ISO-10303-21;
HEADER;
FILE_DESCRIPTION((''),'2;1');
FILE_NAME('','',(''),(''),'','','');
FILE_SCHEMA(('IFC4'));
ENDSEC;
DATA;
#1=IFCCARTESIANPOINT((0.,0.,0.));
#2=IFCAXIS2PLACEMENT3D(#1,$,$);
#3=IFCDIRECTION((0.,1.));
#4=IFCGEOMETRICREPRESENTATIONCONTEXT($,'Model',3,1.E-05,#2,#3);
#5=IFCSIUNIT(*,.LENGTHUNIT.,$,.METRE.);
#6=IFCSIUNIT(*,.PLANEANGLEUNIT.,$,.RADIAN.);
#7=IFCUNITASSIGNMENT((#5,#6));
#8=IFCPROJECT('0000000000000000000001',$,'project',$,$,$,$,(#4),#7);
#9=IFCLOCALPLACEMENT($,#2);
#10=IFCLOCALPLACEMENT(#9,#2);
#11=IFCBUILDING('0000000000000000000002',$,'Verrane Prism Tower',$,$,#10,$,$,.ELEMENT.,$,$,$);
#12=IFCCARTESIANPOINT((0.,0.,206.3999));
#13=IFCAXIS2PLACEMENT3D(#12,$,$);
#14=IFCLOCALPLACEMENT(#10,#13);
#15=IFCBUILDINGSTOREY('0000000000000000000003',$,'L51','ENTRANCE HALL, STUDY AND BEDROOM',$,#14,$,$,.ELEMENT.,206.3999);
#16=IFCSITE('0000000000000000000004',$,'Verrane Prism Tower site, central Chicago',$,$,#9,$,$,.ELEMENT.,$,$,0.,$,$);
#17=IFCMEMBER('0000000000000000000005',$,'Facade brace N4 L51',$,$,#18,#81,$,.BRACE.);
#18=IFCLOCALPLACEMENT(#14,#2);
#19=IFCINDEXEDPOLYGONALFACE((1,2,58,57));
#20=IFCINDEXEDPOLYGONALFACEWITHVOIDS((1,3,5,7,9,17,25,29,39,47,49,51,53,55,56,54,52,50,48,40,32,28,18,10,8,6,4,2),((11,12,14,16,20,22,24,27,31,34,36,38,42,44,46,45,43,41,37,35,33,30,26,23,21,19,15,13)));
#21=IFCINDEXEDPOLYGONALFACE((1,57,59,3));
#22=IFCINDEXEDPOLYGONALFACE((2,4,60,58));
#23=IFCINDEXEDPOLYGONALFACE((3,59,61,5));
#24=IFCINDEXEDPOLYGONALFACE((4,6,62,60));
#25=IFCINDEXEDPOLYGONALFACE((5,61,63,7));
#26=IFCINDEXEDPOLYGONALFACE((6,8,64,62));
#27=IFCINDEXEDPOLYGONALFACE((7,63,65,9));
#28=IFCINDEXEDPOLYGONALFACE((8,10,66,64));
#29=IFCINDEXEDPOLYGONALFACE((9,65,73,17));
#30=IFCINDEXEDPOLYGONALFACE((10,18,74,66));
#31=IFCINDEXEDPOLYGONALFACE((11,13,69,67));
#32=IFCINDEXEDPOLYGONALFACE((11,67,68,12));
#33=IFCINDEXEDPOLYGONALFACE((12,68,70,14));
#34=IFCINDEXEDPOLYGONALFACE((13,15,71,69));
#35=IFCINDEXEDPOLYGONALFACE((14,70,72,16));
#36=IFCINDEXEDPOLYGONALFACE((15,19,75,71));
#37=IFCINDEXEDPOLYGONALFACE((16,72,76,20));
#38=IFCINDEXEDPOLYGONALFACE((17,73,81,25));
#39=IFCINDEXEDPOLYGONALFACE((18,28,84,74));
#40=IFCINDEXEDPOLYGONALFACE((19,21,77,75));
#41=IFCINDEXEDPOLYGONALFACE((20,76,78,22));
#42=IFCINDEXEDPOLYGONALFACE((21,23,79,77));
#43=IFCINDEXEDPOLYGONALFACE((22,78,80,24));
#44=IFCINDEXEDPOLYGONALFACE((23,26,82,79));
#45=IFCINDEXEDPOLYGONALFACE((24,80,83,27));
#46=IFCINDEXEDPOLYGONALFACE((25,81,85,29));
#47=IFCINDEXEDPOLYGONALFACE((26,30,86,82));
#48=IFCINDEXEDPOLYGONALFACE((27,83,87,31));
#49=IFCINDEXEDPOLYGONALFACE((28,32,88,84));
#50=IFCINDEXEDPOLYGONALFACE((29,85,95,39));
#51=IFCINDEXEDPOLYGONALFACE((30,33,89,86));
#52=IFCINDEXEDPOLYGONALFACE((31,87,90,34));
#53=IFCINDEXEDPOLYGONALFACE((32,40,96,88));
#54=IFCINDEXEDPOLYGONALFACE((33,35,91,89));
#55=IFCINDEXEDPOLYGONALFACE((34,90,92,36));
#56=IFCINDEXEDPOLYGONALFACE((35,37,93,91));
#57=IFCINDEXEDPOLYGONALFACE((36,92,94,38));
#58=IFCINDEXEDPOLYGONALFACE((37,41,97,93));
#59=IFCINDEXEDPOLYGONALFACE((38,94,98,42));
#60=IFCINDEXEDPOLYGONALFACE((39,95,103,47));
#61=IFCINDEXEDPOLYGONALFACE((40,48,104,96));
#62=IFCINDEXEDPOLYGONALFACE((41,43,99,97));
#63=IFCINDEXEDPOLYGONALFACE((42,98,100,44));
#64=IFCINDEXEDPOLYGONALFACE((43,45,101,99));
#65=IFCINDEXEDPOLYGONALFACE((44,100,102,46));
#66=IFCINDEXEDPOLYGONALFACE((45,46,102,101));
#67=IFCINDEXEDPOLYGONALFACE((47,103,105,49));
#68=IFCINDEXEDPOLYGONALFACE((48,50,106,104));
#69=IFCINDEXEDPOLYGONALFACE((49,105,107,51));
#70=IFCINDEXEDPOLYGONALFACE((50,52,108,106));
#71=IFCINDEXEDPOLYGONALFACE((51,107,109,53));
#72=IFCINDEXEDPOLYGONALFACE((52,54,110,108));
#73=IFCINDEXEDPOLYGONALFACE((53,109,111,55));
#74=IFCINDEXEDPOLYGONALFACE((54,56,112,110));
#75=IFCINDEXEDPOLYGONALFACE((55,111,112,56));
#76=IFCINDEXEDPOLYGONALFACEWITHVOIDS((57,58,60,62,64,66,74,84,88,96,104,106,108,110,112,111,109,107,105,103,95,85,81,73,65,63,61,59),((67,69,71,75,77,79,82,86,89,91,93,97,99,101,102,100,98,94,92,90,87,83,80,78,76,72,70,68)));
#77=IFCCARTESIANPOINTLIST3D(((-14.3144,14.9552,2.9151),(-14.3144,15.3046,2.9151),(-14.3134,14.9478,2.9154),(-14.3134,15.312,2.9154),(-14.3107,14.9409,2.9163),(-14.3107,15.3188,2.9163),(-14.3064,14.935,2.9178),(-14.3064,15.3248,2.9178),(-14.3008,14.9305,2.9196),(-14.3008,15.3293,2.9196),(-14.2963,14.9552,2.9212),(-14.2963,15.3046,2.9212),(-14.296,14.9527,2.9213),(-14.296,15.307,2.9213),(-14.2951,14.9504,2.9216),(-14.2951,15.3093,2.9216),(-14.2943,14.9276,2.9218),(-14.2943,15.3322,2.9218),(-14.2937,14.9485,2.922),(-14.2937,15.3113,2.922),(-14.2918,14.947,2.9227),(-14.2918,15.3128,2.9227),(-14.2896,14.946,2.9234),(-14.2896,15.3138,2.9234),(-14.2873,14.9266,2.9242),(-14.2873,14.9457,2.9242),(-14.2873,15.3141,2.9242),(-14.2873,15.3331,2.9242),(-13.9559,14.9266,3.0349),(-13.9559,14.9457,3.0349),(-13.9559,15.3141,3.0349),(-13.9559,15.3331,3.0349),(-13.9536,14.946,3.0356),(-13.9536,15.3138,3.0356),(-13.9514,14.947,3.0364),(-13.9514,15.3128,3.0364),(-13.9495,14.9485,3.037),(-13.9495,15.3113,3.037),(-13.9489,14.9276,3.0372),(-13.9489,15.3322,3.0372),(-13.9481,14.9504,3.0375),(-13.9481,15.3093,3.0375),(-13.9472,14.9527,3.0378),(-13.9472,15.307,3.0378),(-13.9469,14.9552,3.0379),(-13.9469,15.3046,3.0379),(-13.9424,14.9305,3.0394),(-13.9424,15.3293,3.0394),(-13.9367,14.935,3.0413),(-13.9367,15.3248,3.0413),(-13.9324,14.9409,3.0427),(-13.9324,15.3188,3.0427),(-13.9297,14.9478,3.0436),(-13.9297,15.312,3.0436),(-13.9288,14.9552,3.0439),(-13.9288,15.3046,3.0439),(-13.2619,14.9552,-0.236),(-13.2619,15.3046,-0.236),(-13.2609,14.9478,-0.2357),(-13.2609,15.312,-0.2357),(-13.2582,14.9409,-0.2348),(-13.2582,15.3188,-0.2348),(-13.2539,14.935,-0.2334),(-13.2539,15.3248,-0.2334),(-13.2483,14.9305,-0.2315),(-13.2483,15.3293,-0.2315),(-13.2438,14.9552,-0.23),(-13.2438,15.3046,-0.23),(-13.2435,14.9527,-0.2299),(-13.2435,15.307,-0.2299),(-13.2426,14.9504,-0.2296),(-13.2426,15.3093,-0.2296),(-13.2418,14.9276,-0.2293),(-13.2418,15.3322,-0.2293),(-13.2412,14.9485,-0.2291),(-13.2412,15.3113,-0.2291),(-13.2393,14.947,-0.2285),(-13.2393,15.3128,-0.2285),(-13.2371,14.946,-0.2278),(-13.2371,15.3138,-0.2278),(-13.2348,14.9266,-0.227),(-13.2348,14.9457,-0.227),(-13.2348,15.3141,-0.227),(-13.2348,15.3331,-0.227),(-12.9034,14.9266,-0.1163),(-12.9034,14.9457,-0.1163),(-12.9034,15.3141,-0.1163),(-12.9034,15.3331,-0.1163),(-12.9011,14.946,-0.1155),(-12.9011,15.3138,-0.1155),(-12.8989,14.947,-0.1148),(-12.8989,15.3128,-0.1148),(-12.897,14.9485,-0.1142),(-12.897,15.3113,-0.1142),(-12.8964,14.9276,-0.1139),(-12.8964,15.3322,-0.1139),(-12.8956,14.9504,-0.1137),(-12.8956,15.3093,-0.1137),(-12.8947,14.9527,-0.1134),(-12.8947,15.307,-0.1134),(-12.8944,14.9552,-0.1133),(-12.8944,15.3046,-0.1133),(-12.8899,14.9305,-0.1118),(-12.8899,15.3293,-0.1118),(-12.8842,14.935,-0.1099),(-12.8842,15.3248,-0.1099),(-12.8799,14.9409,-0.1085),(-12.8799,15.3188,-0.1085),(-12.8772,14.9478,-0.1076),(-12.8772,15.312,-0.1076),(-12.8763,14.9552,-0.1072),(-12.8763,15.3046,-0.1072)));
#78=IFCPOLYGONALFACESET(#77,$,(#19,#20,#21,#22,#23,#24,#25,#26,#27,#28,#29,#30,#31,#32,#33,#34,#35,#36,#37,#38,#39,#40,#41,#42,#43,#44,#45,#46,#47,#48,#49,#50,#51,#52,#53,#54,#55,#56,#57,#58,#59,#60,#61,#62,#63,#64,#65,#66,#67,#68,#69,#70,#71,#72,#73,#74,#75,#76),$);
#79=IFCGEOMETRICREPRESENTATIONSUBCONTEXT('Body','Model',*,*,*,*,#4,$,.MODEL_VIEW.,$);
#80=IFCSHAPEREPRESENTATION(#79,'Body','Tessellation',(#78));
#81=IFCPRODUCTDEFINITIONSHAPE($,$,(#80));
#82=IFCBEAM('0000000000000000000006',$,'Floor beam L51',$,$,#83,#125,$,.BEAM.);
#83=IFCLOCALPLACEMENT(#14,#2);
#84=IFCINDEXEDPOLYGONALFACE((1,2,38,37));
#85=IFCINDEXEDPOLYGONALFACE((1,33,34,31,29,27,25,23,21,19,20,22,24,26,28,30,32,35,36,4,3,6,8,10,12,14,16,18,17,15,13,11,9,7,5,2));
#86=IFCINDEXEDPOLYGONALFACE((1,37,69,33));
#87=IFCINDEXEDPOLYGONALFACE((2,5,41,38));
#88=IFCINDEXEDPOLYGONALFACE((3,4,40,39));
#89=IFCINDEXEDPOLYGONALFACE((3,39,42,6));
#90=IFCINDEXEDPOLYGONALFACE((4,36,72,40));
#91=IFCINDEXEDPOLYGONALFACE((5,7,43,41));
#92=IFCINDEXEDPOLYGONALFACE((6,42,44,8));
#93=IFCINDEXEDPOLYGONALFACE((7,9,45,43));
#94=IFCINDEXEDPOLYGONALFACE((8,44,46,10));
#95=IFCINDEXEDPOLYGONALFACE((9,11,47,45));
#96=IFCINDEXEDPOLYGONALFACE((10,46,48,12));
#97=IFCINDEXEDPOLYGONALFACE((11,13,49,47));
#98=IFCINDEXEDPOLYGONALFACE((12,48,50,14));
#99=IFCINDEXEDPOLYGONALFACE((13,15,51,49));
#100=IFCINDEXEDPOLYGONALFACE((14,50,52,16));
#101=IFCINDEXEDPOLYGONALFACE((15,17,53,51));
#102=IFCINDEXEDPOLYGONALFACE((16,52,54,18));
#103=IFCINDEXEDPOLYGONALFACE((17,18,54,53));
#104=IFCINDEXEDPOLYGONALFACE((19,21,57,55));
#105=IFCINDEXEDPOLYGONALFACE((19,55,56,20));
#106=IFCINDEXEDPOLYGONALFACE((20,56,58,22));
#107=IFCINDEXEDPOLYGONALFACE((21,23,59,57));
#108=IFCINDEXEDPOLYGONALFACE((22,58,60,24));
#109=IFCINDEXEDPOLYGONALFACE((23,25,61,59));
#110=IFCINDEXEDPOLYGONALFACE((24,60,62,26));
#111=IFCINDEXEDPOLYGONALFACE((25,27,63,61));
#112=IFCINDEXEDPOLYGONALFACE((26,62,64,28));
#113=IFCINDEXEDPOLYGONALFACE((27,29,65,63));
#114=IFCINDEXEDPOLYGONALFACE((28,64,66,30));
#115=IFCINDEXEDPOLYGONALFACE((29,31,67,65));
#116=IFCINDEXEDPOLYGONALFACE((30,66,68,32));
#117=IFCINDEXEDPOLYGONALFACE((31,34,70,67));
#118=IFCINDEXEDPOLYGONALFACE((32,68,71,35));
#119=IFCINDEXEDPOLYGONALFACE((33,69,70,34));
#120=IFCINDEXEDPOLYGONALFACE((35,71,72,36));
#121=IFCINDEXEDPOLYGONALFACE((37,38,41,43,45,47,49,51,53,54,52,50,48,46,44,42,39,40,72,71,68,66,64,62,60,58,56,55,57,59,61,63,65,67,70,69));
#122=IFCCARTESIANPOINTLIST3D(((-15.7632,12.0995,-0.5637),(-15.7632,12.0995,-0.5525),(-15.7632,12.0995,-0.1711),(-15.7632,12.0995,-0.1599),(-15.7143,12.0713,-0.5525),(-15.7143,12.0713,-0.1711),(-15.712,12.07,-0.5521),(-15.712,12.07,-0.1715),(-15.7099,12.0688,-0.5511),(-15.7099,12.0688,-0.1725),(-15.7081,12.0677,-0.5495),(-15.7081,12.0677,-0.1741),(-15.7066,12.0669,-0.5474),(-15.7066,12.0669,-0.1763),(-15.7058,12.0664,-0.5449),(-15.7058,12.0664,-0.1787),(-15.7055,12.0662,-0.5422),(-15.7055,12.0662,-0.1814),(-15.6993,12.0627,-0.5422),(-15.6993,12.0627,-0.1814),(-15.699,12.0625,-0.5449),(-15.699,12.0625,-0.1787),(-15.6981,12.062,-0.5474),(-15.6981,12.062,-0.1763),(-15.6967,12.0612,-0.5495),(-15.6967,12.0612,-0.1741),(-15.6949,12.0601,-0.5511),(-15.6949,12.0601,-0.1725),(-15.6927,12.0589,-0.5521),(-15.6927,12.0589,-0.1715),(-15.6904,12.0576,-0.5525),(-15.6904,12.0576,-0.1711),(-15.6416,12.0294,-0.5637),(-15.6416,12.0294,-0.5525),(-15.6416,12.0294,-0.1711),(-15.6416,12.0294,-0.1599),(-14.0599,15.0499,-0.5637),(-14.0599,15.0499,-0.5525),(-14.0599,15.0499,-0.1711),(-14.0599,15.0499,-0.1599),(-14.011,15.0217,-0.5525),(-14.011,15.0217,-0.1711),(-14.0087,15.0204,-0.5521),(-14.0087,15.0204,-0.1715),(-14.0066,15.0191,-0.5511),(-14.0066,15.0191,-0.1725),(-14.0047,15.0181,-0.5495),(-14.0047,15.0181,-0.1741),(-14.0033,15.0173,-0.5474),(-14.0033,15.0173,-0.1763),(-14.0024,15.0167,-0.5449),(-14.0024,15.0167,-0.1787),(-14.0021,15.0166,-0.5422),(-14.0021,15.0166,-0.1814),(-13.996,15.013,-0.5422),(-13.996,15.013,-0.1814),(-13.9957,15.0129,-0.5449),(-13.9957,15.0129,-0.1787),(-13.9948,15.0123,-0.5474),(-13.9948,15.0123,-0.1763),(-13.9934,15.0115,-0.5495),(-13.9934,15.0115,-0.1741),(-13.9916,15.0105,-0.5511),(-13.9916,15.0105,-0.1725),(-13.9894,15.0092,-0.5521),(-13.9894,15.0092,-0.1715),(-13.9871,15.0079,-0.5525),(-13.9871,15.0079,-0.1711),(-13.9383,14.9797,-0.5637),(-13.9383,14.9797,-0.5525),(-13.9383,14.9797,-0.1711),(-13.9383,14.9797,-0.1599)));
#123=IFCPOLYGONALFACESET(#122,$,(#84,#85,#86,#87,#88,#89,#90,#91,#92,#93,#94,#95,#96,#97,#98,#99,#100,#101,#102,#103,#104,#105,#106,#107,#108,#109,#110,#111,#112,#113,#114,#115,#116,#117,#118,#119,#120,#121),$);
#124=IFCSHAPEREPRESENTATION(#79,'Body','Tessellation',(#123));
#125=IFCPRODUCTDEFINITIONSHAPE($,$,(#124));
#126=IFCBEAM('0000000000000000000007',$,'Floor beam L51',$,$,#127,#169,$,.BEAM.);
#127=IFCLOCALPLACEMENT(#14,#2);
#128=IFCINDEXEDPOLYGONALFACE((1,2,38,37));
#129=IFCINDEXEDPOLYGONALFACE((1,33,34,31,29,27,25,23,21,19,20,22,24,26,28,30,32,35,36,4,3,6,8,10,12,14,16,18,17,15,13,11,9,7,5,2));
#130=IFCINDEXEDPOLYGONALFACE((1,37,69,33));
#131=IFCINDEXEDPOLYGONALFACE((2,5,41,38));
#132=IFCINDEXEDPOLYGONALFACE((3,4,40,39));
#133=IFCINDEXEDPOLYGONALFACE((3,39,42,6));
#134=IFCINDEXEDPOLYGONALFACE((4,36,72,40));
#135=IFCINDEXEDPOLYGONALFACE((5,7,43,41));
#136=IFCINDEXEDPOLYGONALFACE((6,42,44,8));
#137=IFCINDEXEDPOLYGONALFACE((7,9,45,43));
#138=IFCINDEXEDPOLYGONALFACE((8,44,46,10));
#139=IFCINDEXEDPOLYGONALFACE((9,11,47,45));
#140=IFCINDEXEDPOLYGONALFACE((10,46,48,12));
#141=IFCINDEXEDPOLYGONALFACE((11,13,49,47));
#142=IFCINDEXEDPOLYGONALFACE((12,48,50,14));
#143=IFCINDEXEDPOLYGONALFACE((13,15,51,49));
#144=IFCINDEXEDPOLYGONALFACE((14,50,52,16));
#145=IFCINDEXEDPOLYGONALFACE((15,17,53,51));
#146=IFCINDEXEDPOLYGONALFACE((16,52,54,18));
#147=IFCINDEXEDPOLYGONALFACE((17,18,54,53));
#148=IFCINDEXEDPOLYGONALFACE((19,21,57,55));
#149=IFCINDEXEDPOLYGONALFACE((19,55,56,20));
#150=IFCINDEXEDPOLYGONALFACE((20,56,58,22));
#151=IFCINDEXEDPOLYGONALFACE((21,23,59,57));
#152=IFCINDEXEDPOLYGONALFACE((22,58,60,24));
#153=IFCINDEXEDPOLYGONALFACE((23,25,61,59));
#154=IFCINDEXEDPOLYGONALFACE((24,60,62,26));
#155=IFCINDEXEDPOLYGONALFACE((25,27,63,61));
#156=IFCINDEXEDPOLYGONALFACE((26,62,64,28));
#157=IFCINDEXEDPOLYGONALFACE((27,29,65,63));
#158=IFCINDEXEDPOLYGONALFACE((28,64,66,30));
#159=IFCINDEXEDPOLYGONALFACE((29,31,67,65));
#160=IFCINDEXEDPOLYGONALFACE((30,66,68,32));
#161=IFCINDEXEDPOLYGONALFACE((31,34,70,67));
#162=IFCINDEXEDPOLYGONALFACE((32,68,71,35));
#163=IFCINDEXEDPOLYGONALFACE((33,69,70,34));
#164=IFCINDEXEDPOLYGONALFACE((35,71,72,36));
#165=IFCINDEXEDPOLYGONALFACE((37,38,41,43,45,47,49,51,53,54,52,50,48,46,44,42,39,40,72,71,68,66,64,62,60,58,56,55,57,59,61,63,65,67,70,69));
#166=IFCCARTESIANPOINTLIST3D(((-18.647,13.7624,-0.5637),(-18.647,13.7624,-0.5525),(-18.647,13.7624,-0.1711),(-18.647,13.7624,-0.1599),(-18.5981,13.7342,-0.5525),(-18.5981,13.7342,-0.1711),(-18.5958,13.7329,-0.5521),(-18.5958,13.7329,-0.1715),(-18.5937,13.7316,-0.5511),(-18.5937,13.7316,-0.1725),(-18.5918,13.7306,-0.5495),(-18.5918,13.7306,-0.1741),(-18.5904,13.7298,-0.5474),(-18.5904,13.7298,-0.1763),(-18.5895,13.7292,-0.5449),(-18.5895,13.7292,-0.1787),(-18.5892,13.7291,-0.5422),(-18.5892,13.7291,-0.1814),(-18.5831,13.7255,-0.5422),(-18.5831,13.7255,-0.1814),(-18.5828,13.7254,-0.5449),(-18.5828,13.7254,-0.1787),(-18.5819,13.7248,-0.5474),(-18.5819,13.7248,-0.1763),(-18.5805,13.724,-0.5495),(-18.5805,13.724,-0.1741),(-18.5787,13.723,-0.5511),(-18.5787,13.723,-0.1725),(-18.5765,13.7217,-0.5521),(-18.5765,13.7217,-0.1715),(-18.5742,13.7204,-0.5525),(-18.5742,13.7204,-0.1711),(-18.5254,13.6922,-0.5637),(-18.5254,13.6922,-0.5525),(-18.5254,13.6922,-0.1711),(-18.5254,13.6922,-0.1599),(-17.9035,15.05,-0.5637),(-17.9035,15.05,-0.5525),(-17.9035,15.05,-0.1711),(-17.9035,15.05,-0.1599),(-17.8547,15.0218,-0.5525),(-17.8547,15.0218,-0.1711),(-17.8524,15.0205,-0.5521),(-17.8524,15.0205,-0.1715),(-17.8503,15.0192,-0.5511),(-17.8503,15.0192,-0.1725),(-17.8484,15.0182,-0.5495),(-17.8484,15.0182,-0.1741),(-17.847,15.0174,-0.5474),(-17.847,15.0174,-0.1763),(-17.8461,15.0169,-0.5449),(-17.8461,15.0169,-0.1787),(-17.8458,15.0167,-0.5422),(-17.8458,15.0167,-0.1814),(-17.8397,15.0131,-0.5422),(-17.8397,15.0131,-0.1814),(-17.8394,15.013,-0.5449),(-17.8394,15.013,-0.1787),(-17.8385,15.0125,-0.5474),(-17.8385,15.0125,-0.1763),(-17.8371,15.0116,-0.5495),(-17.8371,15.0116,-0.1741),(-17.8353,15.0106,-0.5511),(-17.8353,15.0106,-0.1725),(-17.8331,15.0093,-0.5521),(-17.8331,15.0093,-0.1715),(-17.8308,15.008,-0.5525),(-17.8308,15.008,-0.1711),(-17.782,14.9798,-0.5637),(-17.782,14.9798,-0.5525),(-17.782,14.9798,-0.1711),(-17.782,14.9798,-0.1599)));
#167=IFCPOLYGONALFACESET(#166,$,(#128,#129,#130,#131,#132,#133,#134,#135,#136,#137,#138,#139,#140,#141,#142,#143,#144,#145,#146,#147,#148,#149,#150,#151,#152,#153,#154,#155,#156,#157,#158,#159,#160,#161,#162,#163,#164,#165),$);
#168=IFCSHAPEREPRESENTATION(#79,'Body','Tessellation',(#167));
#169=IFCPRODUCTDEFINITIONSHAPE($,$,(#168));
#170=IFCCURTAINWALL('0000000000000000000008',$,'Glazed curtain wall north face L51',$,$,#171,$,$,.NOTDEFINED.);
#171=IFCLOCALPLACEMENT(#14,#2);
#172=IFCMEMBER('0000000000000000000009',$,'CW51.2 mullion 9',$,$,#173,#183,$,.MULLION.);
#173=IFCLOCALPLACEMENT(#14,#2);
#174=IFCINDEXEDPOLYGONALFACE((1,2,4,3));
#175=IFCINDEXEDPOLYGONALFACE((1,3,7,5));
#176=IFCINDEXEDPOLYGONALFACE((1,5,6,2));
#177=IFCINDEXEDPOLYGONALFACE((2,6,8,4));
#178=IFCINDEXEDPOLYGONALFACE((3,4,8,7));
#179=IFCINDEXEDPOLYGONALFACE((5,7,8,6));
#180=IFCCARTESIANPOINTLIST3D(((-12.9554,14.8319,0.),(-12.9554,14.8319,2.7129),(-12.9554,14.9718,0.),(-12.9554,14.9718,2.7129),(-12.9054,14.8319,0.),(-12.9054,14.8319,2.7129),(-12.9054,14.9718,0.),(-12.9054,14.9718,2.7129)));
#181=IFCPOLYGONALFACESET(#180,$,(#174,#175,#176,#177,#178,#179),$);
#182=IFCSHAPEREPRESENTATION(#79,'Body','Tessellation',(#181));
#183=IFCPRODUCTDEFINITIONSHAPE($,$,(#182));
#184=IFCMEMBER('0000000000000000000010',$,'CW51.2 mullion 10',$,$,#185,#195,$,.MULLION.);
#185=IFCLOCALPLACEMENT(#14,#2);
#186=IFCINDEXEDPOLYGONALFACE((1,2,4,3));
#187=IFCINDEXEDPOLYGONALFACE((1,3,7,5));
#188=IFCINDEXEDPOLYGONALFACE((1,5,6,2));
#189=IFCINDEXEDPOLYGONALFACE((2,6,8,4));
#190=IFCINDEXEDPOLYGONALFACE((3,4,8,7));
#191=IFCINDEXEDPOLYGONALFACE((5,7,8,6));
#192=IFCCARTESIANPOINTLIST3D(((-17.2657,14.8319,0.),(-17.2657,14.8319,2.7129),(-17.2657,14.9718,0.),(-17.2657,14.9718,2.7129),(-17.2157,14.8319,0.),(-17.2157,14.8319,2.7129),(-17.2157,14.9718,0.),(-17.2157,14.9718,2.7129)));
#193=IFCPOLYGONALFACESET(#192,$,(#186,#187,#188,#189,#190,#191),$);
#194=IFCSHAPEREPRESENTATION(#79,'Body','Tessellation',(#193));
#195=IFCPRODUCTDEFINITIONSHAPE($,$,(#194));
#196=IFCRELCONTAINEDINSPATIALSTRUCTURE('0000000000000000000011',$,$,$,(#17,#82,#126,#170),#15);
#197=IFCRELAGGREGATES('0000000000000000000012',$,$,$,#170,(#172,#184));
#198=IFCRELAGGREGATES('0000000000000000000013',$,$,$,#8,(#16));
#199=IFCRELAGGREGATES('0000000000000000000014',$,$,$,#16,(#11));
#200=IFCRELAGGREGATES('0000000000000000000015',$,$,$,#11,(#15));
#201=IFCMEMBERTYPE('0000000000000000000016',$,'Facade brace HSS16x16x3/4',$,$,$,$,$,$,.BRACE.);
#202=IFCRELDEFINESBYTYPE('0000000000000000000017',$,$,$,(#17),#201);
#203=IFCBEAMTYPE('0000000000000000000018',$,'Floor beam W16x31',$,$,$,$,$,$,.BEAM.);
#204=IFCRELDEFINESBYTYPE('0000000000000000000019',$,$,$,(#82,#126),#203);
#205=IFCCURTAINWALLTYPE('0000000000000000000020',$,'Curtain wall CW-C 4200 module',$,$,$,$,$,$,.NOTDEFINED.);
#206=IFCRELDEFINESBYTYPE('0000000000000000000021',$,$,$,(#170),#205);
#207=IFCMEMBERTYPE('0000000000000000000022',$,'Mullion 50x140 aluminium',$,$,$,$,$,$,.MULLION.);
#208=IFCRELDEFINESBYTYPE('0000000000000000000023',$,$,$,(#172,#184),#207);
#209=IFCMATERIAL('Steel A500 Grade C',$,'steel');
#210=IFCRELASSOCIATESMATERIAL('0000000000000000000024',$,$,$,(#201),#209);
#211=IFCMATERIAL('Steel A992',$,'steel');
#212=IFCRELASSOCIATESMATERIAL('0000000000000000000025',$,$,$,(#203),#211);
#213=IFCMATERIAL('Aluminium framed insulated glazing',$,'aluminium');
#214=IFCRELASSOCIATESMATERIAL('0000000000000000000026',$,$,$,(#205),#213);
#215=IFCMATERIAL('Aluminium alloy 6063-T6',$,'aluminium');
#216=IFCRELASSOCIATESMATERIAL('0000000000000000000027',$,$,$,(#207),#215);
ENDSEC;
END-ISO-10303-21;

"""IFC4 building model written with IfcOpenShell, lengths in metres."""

from ifc_helpers import new_model, si_unit, direction, frame, origin, origin_2d, place, context, subcontext, project, spatial, rectangle, hollow_rectangle, i_section, extrude, material, material_profile, profile_set, type_object, element, aggregate, save


model = new_model("IFC4")

# Units and contexts
model_context = context("Model", 3, precision=1e-05, world=origin(), true_north=direction((0.0, 1.0)))
body_context = subcontext(model_context, "Body", "Model", "MODEL_VIEW")
ifc_project = project(units=[si_unit("LENGTHUNIT", "METRE"), si_unit("PLANEANGLEUNIT", "RADIAN")], contexts=[model_context])

# Site, building, storey
site_placement = place(None, origin())
site = spatial("IfcSite", under=ifc_project, at=site_placement, Name="Verrane Prism Tower site, central Chicago", CompositionType="ELEMENT", RefElevation=0.0)
building_placement = place(site_placement, origin())
building = spatial("IfcBuilding", under=site, at=building_placement, Name="Verrane Prism Tower", CompositionType="ELEMENT")
storey_placement = place(building_placement, frame((0.0, 0.0, 206.3999)))
storey = spatial("IfcBuildingStorey", under=building, at=storey_placement, Name="L51", Description="ENTRANCE HALL, STUDY AND BEDROOM", CompositionType="ELEMENT", Elevation=206.3999)

# Member
ifc_material_1 = material(Name="Steel A500 Grade C", Category="steel")
ifc_material_profile_1 = material_profile(ifc_material_1, hollow_rectangle(XDim=0.4065, YDim=0.4065, WallThickness=0.019, InnerFilletRadius=0.0095, OuterFilletRadius=0.0286, at=origin_2d()), Name="HSS16x16x3/4")
ifc_profile_set_1 = profile_set([ifc_material_profile_1], Name="Steel A500 Grade C")
member_type_1 = type_object("IfcMemberType", Name="Facade brace HSS16x16x3/4", PredefinedType="BRACE", material=ifc_profile_set_1)
for number, where, z_axis, x_axis, name in (
    (1, (-13.0691, 15.1299, -0.1716), (-0.316801, 0.0, 0.948492), (0.0, -1.0, 0.0), "Facade brace N4 L51"),
):
    element("IfcMember", number, at=place(storey_placement, frame(where, z_axis=z_axis, x_axis=x_axis)), inside=storey, type_object=member_type_1, Name=name, PredefinedType="BRACE", context=body_context, shape_type="SweptSolid", body=[
        extrude(hollow_rectangle(XDim=0.4065, YDim=0.4065, WallThickness=0.019, InnerFilletRadius=0.0095, OuterFilletRadius=0.0286, at=origin_2d()), origin(), (0.0, 0.0, 1.0), 3.3223),
    ])

# Beams
ifc_material_2 = material(Name="Steel A992", Category="steel")
ifc_material_profile_2 = material_profile(ifc_material_2, i_section(OverallWidth=0.1404, OverallDepth=0.4038, WebThickness=0.0071, FlangeThickness=0.0112, FilletRadius=0.0103, at=origin_2d()), Name="W16x31")
ifc_profile_set_2 = profile_set([ifc_material_profile_2], Name="Steel A992")
beam_type_1 = type_object("IfcBeamType", Name="Floor beam W16x31", PredefinedType="BEAM", material=ifc_profile_set_2)
beam_1_placement = place(storey_placement, frame((-15.7024, 12.0645, -0.3618), z_axis=(0.499985, 0.866034, 0.0), x_axis=(-0.866034, 0.499985, 0.0)))
element("IfcBeam", 2, at=beam_1_placement, inside=storey, type_object=beam_type_1, Name="Floor beam L51", PredefinedType="BEAM", context=body_context, shape_type="SweptSolid", body=[
    extrude(i_section(OverallWidth=0.1404, OverallDepth=0.4038, WebThickness=0.0071, FlangeThickness=0.0112, FilletRadius=0.0103, at=origin_2d()), origin(), (0.0, 0.0, 1.0), 3.4067),
])
beam_2_placement = place(storey_placement, frame((-18.5862, 13.7273, -0.3618), z_axis=(0.500007, 0.866022, 0.0), x_axis=(-0.866022, 0.500007, 0.0)))
element("IfcBeam", 3, at=beam_2_placement, inside=storey, type_object=beam_type_1, Name="Floor beam L51", PredefinedType="BEAM", context=body_context, shape_type="SweptSolid", body=[
    extrude(i_section(OverallWidth=0.1404, OverallDepth=0.4038, WebThickness=0.0071, FlangeThickness=0.0112, FilletRadius=0.0103, at=origin_2d()), origin(), (0.0, 0.0, 1.0), 1.4868),
])

# Curtain wall, members
ifc_material_3 = material(Name="Aluminium framed insulated glazing", Category="aluminium")
curtain_wall_type_1 = type_object("IfcCurtainWallType", Name="Curtain wall CW-C 4200 module", PredefinedType="NOTDEFINED", material=ifc_material_3)
curtain_wall_1_placement = place(storey_placement, origin())
curtain_wall_1 = element("IfcCurtainWall", 4, at=curtain_wall_1_placement, inside=storey, type_object=curtain_wall_type_1, Name="Glazed curtain wall north face L51", PredefinedType="NOTDEFINED")
ifc_material_4 = material(Name="Aluminium alloy 6063-T6", Category="aluminium")
ifc_material_profile_3 = material_profile(ifc_material_4, rectangle(XDim=0.1399, YDim=0.05, at=origin_2d()), Name="Mullion 50x140 aluminium")
ifc_profile_set_3 = profile_set([ifc_material_profile_3], Name="Aluminium alloy 6063-T6")
member_type_2 = type_object("IfcMemberType", Name="Mullion 50x140 aluminium", PredefinedType="MULLION", material=ifc_profile_set_3)
member_1_placement = place(storey_placement, frame((-12.9304, 14.9019, 0.0), z_axis=(0.0, 0.0, 1.0), x_axis=(0.0, -1.0, 0.0)))
member_1 = element("IfcMember", 5, at=member_1_placement, type_object=member_type_2, Name="CW51.2 mullion 9", PredefinedType="MULLION", context=body_context, shape_type="SweptSolid", body=[
    extrude(rectangle(XDim=0.1399, YDim=0.05, at=origin_2d()), origin(), (0.0, 0.0, 1.0), 2.7129),
])
member_2_placement = place(storey_placement, frame((-17.2407, 14.9019, 0.0), z_axis=(0.0, 0.0, 1.0), x_axis=(0.0, -1.0, 0.0)))
member_2 = element("IfcMember", 6, at=member_2_placement, type_object=member_type_2, Name="CW51.2 mullion 10", PredefinedType="MULLION", context=body_context, shape_type="SweptSolid", body=[
    extrude(rectangle(XDim=0.1399, YDim=0.05, at=origin_2d()), origin(), (0.0, 0.0, 1.0), 2.7129),
])

aggregate(curtain_wall_1, [member_1, member_2])

save(model, "model.ifc")
